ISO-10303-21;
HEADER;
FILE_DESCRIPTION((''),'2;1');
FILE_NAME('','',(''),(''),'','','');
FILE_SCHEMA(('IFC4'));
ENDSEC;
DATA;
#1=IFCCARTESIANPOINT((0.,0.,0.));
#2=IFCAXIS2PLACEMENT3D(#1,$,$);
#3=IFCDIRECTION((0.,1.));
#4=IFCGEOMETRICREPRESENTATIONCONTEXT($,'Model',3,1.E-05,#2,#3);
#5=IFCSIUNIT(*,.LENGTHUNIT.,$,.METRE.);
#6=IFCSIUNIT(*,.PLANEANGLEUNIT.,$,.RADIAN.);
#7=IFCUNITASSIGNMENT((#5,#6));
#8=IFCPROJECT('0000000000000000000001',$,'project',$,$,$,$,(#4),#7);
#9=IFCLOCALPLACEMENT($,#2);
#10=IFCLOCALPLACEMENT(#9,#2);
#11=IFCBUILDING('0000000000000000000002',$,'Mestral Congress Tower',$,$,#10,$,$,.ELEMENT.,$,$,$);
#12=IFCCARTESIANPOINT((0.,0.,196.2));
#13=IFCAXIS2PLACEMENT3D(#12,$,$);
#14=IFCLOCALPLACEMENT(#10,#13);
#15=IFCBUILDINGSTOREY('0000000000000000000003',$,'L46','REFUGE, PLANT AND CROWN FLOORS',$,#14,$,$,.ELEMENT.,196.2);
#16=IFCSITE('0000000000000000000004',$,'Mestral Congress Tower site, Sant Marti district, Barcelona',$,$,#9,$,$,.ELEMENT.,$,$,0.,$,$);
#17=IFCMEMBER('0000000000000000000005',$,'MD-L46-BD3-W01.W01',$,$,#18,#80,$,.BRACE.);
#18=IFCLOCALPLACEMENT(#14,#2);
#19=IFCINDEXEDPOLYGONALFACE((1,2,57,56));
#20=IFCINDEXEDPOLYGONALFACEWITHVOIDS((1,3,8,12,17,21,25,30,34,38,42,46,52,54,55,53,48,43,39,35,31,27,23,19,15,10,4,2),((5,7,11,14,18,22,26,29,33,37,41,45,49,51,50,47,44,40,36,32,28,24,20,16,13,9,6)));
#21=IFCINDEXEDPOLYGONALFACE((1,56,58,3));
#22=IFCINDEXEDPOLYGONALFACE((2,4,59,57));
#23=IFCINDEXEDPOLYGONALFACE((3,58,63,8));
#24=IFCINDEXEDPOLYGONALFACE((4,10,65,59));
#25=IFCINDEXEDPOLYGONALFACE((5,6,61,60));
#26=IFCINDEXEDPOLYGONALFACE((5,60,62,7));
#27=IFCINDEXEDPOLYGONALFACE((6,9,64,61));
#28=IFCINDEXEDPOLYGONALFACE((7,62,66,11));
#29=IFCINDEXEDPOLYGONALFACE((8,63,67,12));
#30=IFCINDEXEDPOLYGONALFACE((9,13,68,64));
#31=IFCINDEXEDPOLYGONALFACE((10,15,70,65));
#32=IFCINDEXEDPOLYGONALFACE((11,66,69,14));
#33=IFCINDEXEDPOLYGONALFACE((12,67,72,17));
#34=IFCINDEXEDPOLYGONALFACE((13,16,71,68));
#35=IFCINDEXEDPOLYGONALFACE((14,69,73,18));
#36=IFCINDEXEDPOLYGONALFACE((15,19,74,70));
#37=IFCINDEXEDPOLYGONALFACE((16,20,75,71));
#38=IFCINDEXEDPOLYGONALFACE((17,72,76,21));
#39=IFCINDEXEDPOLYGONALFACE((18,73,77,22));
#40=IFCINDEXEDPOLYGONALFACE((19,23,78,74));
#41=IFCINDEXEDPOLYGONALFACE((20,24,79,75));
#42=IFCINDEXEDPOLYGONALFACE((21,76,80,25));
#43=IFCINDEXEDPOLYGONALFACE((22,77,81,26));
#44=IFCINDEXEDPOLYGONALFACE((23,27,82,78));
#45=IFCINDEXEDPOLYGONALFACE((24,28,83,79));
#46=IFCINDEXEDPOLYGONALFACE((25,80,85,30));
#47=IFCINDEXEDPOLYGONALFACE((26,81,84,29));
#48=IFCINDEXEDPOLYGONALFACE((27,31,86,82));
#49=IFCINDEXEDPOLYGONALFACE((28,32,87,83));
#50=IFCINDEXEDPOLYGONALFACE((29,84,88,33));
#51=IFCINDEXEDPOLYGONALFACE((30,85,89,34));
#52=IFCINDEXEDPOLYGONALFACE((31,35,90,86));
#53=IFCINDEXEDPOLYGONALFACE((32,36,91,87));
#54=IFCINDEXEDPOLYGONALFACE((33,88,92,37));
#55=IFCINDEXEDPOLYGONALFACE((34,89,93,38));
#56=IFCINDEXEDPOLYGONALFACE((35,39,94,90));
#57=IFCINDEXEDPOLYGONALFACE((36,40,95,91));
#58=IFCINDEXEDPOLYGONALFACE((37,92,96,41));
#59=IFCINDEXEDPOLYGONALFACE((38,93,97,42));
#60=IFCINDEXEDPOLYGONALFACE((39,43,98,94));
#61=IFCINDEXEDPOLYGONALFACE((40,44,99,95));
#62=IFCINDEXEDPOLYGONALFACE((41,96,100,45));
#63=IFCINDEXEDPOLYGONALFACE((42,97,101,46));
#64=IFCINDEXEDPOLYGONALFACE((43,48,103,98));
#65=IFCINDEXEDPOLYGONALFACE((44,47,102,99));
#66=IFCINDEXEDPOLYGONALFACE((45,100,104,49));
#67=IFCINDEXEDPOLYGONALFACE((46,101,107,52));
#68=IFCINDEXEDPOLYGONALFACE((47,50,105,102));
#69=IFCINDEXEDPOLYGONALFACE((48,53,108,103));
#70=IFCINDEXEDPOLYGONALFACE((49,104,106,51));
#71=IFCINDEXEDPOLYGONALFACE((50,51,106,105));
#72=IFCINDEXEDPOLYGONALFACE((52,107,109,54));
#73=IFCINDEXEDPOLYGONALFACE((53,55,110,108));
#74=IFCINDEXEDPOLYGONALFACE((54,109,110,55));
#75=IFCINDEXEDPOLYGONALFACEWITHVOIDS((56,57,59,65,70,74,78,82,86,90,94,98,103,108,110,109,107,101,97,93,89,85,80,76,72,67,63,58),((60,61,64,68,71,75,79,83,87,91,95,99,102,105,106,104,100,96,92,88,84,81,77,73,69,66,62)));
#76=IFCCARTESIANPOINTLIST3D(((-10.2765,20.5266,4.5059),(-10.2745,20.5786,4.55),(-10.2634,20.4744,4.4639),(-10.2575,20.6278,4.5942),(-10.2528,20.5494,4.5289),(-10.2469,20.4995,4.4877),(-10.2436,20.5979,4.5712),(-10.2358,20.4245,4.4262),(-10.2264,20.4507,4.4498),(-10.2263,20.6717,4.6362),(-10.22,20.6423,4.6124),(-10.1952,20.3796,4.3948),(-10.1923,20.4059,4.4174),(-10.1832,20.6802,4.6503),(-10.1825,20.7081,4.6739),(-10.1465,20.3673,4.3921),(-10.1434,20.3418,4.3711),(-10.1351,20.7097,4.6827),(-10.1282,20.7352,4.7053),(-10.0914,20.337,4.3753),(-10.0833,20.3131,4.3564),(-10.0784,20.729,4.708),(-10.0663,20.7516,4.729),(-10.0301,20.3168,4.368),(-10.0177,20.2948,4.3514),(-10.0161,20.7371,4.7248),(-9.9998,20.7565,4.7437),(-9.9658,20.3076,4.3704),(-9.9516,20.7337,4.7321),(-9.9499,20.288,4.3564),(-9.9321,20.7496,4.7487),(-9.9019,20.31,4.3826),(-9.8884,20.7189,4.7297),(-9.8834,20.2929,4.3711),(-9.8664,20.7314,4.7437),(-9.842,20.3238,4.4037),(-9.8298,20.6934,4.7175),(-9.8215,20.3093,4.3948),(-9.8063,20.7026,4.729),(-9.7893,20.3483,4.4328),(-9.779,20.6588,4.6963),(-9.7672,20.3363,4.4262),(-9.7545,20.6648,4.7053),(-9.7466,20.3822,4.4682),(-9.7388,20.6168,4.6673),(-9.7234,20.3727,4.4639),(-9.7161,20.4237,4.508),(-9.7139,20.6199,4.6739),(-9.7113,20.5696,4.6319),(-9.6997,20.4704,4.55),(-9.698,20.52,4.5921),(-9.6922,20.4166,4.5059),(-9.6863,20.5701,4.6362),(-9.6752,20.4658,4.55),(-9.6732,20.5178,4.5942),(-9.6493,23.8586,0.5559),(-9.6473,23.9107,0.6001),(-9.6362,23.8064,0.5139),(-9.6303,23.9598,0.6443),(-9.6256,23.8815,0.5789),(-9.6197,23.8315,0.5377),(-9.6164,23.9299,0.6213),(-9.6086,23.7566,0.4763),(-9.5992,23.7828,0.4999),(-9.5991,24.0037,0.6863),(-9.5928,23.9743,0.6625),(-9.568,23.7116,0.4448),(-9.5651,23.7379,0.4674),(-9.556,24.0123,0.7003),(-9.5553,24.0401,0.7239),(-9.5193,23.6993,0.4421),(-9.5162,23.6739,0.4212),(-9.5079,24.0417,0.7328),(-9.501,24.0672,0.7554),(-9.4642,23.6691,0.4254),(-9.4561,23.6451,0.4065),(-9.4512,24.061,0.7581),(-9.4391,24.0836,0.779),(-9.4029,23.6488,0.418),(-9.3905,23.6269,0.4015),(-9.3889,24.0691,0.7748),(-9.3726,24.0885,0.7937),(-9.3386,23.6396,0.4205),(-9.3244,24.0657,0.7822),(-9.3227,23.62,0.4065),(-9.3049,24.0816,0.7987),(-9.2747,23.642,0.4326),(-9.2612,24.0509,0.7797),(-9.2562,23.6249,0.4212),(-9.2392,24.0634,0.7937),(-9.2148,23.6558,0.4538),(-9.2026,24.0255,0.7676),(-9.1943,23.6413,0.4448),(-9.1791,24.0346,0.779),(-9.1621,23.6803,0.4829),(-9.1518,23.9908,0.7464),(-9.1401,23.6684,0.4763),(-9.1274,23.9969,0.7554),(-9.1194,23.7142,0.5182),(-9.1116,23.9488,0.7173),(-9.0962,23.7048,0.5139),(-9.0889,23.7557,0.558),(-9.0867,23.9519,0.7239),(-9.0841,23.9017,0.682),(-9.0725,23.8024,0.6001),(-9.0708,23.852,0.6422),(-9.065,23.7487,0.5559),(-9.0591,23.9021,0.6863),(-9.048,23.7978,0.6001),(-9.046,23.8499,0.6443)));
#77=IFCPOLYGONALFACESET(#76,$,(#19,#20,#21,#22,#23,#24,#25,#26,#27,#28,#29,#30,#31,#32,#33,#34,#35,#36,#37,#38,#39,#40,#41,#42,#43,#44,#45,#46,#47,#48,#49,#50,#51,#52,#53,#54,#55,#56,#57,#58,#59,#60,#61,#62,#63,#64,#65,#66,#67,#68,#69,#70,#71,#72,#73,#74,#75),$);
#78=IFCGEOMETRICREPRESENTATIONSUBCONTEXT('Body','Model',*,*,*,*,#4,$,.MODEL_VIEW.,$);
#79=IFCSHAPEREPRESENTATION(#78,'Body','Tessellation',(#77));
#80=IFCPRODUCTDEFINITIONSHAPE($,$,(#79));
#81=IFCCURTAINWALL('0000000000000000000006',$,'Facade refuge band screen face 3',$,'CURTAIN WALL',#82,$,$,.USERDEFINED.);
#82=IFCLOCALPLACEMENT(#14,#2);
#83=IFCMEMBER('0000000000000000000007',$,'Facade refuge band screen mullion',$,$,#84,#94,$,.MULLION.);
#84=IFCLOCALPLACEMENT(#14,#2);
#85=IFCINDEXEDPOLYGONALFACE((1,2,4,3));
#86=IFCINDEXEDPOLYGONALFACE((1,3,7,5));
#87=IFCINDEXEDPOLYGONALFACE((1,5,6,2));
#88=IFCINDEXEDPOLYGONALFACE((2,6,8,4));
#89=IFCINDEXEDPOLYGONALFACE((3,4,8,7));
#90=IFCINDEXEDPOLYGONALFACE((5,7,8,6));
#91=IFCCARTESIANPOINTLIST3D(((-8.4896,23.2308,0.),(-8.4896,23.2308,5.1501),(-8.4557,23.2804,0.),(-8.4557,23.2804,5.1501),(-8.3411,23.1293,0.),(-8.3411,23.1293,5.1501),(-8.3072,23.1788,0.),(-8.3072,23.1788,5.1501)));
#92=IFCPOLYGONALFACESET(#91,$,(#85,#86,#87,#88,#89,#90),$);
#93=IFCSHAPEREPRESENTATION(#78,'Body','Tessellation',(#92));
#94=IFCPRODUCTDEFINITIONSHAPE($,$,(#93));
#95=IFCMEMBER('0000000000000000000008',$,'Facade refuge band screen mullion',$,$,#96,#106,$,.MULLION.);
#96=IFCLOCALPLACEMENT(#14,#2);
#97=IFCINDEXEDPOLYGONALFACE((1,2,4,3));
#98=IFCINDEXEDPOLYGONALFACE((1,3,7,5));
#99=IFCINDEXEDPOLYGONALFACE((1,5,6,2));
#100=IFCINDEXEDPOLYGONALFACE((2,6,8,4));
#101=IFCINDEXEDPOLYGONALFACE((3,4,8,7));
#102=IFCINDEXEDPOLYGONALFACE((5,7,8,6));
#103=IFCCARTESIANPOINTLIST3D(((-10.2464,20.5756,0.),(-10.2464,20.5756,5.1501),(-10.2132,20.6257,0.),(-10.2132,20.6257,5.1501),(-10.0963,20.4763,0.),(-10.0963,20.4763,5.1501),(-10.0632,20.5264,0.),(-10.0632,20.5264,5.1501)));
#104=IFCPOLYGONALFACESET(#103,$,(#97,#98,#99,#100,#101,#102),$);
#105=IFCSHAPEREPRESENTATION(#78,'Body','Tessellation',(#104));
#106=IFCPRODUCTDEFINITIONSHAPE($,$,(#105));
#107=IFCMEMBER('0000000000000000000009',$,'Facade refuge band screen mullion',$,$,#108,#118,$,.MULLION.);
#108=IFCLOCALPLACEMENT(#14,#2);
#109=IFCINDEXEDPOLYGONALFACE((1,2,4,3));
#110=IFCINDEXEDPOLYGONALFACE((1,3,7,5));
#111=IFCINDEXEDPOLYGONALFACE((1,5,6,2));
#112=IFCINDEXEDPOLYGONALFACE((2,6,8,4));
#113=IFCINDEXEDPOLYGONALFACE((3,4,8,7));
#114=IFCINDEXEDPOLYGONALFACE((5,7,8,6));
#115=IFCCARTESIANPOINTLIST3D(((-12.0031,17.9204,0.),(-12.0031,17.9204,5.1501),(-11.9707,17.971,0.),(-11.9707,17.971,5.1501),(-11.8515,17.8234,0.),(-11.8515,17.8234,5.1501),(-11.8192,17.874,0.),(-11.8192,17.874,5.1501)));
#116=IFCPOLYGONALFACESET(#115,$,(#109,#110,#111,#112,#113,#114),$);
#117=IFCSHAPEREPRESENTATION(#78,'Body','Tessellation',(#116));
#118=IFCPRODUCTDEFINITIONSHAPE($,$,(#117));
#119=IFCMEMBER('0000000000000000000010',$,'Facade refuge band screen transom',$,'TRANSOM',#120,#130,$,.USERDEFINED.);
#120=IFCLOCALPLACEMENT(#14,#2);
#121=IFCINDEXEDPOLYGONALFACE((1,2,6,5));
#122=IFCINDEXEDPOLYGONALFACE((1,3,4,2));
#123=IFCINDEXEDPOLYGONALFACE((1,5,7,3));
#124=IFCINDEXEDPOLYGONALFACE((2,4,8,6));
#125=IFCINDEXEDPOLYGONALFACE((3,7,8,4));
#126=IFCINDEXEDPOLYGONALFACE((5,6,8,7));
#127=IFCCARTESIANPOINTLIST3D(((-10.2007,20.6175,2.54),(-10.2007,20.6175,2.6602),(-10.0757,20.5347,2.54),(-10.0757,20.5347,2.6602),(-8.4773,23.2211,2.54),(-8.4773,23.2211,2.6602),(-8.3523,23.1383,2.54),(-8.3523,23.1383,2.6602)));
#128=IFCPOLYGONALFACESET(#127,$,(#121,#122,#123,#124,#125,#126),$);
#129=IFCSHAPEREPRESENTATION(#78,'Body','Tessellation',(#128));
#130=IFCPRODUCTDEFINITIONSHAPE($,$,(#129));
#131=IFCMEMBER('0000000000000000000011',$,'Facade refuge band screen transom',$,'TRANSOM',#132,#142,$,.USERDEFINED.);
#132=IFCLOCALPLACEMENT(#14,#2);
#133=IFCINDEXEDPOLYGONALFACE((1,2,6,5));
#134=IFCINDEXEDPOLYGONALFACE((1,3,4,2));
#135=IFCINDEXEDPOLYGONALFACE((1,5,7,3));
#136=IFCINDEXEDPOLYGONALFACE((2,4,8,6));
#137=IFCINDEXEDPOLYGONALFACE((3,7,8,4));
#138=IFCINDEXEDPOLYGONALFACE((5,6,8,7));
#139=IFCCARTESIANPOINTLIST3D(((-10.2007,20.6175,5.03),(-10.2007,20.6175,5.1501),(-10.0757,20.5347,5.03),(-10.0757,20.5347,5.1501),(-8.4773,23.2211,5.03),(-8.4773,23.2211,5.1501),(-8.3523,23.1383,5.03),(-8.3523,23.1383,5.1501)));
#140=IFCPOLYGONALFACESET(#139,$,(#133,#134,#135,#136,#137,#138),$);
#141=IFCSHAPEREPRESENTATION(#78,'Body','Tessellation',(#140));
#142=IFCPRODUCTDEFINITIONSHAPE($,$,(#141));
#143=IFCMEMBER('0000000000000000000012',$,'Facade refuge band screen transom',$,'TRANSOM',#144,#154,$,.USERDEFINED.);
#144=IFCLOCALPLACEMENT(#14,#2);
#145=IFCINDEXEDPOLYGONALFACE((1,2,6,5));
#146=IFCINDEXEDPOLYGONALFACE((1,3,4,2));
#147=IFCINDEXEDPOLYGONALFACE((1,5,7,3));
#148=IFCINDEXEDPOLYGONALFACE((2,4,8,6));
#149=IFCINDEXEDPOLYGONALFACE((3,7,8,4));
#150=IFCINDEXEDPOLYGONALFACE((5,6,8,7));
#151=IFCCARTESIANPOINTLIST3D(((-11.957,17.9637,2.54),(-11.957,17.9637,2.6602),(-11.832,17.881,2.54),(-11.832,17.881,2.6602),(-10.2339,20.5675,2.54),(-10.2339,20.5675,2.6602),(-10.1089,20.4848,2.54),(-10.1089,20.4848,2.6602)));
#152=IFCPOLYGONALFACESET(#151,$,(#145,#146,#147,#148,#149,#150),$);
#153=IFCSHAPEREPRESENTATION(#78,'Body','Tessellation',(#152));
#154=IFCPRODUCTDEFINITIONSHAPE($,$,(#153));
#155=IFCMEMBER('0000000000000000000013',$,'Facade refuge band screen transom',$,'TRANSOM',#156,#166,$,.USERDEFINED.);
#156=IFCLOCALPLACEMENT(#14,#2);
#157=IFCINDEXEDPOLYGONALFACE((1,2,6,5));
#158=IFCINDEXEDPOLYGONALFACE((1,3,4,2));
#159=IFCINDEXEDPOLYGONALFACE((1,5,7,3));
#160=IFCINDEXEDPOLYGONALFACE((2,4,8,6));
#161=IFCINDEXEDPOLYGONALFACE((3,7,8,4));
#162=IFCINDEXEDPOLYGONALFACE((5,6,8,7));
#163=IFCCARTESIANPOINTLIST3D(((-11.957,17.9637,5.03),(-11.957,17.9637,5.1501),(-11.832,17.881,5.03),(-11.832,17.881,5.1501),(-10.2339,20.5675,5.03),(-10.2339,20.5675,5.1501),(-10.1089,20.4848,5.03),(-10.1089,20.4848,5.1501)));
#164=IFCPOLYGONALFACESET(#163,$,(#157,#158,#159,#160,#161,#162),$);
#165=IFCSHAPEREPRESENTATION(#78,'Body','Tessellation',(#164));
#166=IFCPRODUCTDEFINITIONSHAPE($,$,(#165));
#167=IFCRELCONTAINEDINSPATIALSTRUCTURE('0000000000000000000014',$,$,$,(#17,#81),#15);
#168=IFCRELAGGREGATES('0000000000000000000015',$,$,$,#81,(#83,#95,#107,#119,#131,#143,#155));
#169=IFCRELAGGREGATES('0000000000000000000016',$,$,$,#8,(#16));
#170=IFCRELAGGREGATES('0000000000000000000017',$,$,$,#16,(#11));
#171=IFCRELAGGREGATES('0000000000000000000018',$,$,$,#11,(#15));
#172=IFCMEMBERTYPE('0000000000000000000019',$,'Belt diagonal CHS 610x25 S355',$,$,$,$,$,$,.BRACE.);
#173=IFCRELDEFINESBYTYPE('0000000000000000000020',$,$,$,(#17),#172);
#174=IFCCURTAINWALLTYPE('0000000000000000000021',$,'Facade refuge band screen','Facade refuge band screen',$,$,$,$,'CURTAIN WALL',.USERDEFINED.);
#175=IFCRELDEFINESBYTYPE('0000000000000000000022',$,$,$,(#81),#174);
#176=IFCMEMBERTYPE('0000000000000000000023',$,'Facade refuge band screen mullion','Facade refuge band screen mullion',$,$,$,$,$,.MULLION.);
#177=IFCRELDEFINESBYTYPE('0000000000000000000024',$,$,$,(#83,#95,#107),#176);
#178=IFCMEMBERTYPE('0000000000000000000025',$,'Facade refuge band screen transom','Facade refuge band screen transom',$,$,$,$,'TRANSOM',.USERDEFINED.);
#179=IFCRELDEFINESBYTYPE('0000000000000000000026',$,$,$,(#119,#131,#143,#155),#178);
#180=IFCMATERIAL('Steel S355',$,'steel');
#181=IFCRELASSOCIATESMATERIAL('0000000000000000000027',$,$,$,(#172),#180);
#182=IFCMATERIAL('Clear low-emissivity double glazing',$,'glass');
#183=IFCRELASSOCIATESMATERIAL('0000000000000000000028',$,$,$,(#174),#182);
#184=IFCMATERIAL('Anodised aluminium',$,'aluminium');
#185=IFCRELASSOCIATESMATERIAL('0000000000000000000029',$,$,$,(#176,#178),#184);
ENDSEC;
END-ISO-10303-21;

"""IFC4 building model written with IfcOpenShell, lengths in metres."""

from ifc_helpers import new_model, si_unit, direction, frame, origin, origin_2d, place, context, subcontext, project, spatial, rectangle, hollow_circle, extrude, material, material_profile, profile_set, type_object, element, aggregate, save


model = new_model("IFC4")

# Units and contexts
model_context = context("Model", 3, precision=1e-05, world=origin(), true_north=direction((0.0, 1.0)))
body_context = subcontext(model_context, "Body", "Model", "MODEL_VIEW")
ifc_project = project(units=[si_unit("LENGTHUNIT", "METRE"), si_unit("PLANEANGLEUNIT", "RADIAN")], contexts=[model_context])

# Site, building, storey
site_placement = place(None, origin())
site = spatial("IfcSite", under=ifc_project, at=site_placement, Name="Mestral Congress Tower site, Sant Marti district, Barcelona", CompositionType="ELEMENT", RefElevation=0.0)
building_placement = place(site_placement, origin())
building = spatial("IfcBuilding", under=site, at=building_placement, Name="Mestral Congress Tower", CompositionType="ELEMENT")
storey_placement = place(building_placement, frame((0.0, 0.0, 196.2)))
storey = spatial("IfcBuildingStorey", under=building, at=storey_placement, Name="L46", Description="REFUGE, PLANT AND CROWN FLOORS", CompositionType="ELEMENT", Elevation=196.2)

# Member
ifc_material_1 = material(Name="Steel S355", Category="steel")
ifc_material_profile_1 = material_profile(ifc_material_1, hollow_circle(Radius=0.3049, WallThickness=0.0249, at=origin_2d()), Name="CHS 610x25")
ifc_profile_set_1 = profile_set([ifc_material_profile_1], Name="Steel S355")
member_type_1 = type_object("IfcMemberType", Name="Belt diagonal CHS 610x25 S355", PredefinedType="BRACE", material=ifc_profile_set_1)
member_1_placement = place(storey_placement, frame((-9.3477, 23.8542, 0.6001), z_axis=(-0.120486, -0.64009, 0.758794), x_axis=(0.982742, -0.184984, 0.0)))
element("IfcMember", 1, at=member_1_placement, inside=storey, type_object=member_type_1, Name="MD-L46-BD3-W01.W01", PredefinedType="BRACE", context=body_context, shape_type="SweptSolid", body=[
    extrude(hollow_circle(Radius=0.3049, WallThickness=0.0249, at=origin_2d()), origin(), (0.0, 0.0, 1.0), 5.2056),
])

# Curtain wall, members
ifc_material_2 = material(Name="Clear low-emissivity double glazing", Category="glass")
curtain_wall_type = type_object("IfcCurtainWallType", Name="Facade refuge band screen", Description="Facade refuge band screen", ElementType="CURTAIN WALL", PredefinedType="USERDEFINED", material=ifc_material_2)
curtain_wall_placement = place(storey_placement, origin())
curtain_wall = element("IfcCurtainWall", 2, at=curtain_wall_placement, inside=storey, type_object=curtain_wall_type, Name="Facade refuge band screen face 3", ObjectType="CURTAIN WALL", PredefinedType="USERDEFINED")
ifc_material_3 = material(Name="Anodised aluminium", Category="aluminium")
ifc_material_profile_2 = material_profile(ifc_material_3, rectangle(XDim=0.1799, YDim=0.0601, at=origin_2d()), Name="CW3 mullion 180 x 60")
ifc_profile_set_2 = profile_set([ifc_material_profile_2], Name="Anodised aluminium")
member_type_2 = type_object("IfcMemberType", Name="Facade refuge band screen mullion", Description="Facade refuge band screen mullion", PredefinedType="MULLION", material=ifc_profile_set_2)
member_2_placement = place(storey_placement, frame((-8.3984, 23.2048, 0.0), z_axis=(0.0, 0.0, 1.0), x_axis=(-0.825387, 0.564568, 0.0)))
member_2 = element("IfcMember", 3, at=member_2_placement, type_object=member_type_2, Name="Facade refuge band screen mullion", PredefinedType="MULLION", context=body_context, shape_type="SweptSolid", body=[
    extrude(rectangle(XDim=0.1799, YDim=0.0601, at=origin_2d()), origin(), (0.0, 0.0, 1.0), 5.1501),
])
member_3_placement = place(storey_placement, frame((-10.1548, 20.551, 0.0), z_axis=(0.0, 0.0, 1.0), x_axis=(-0.833906, 0.551906, 0.0)))
member_3 = element("IfcMember", 4, at=member_3_placement, type_object=member_type_2, Name="Facade refuge band screen mullion", PredefinedType="MULLION", context=body_context, shape_type="SweptSolid", body=[
    extrude(rectangle(XDim=0.1799, YDim=0.0601, at=origin_2d()), origin(), (0.0, 0.0, 1.0), 5.1501),
])
member_4_placement = place(storey_placement, frame((-11.9111, 17.8972, 0.0), z_axis=(0.0, 0.0, 1.0), x_axis=(-0.842232, 0.539115, 0.0)))
member_4 = element("IfcMember", 5, at=member_4_placement, type_object=member_type_2, Name="Facade refuge band screen mullion", PredefinedType="MULLION", context=body_context, shape_type="SweptSolid", body=[
    extrude(rectangle(XDim=0.1799, YDim=0.0601, at=origin_2d()), origin(), (0.0, 0.0, 1.0), 5.1501),
])
ifc_material_profile_3 = material_profile(ifc_material_3, rectangle(XDim=0.1499, YDim=0.1201, at=origin_2d()), Name="CW3 transom 150 x 120")
ifc_profile_set_3 = profile_set([ifc_material_profile_3], Name="Anodised aluminium")
member_type_3 = type_object("IfcMemberType", Name="Facade refuge band screen transom", Description="Facade refuge band screen transom", ElementType="TRANSOM", PredefinedType="USERDEFINED", material=ifc_profile_set_3)
member_5_placement = place(storey_placement, frame((-8.4148, 23.1797, 2.6001), z_axis=(-0.551972, -0.833862, 0.0), x_axis=(0.833862, -0.551972, 0.0)))
member_5 = element("IfcMember", 6, at=member_5_placement, type_object=member_type_3, Name="Facade refuge band screen transom", ObjectType="TRANSOM", PredefinedType="USERDEFINED", context=body_context, shape_type="SweptSolid", body=[
    extrude(rectangle(XDim=0.1499, YDim=0.1201, at=origin_2d()), origin(), (0.0, 0.0, 1.0), 3.1223),
])
member_6_placement = place(storey_placement, frame((-8.4148, 23.1797, 5.0901), z_axis=(-0.551972, -0.833862, 0.0), x_axis=(0.833862, -0.551972, 0.0)))
member_6 = element("IfcMember", 7, at=member_6_placement, type_object=member_type_3, Name="Facade refuge band screen transom", ObjectType="TRANSOM", PredefinedType="USERDEFINED", context=body_context, shape_type="SweptSolid", body=[
    extrude(rectangle(XDim=0.1499, YDim=0.1201, at=origin_2d()), origin(), (0.0, 0.0, 1.0), 3.1223),
])
member_7_placement = place(storey_placement, frame((-10.1714, 20.5261, 2.6001), z_axis=(-0.551882, -0.833922, 0.0), x_axis=(0.833922, -0.551882, 0.0)))
member_7 = element("IfcMember", 8, at=member_7_placement, type_object=member_type_3, Name="Facade refuge band screen transom", ObjectType="TRANSOM", PredefinedType="USERDEFINED", context=body_context, shape_type="SweptSolid", body=[
    extrude(rectangle(XDim=0.1499, YDim=0.1201, at=origin_2d()), origin(), (0.0, 0.0, 1.0), 3.1223),
])
member_8_placement = place(storey_placement, frame((-10.1714, 20.5261, 5.0901), z_axis=(-0.551882, -0.833922, 0.0), x_axis=(0.833922, -0.551882, 0.0)))
member_8 = element("IfcMember", 9, at=member_8_placement, type_object=member_type_3, Name="Facade refuge band screen transom", ObjectType="TRANSOM", PredefinedType="USERDEFINED", context=body_context, shape_type="SweptSolid", body=[
    extrude(rectangle(XDim=0.1499, YDim=0.1201, at=origin_2d()), origin(), (0.0, 0.0, 1.0), 3.1223),
])

aggregate(curtain_wall, [member_2, member_3, member_4, member_5, member_6, member_7, member_8])

save(model, "model.ifc")
